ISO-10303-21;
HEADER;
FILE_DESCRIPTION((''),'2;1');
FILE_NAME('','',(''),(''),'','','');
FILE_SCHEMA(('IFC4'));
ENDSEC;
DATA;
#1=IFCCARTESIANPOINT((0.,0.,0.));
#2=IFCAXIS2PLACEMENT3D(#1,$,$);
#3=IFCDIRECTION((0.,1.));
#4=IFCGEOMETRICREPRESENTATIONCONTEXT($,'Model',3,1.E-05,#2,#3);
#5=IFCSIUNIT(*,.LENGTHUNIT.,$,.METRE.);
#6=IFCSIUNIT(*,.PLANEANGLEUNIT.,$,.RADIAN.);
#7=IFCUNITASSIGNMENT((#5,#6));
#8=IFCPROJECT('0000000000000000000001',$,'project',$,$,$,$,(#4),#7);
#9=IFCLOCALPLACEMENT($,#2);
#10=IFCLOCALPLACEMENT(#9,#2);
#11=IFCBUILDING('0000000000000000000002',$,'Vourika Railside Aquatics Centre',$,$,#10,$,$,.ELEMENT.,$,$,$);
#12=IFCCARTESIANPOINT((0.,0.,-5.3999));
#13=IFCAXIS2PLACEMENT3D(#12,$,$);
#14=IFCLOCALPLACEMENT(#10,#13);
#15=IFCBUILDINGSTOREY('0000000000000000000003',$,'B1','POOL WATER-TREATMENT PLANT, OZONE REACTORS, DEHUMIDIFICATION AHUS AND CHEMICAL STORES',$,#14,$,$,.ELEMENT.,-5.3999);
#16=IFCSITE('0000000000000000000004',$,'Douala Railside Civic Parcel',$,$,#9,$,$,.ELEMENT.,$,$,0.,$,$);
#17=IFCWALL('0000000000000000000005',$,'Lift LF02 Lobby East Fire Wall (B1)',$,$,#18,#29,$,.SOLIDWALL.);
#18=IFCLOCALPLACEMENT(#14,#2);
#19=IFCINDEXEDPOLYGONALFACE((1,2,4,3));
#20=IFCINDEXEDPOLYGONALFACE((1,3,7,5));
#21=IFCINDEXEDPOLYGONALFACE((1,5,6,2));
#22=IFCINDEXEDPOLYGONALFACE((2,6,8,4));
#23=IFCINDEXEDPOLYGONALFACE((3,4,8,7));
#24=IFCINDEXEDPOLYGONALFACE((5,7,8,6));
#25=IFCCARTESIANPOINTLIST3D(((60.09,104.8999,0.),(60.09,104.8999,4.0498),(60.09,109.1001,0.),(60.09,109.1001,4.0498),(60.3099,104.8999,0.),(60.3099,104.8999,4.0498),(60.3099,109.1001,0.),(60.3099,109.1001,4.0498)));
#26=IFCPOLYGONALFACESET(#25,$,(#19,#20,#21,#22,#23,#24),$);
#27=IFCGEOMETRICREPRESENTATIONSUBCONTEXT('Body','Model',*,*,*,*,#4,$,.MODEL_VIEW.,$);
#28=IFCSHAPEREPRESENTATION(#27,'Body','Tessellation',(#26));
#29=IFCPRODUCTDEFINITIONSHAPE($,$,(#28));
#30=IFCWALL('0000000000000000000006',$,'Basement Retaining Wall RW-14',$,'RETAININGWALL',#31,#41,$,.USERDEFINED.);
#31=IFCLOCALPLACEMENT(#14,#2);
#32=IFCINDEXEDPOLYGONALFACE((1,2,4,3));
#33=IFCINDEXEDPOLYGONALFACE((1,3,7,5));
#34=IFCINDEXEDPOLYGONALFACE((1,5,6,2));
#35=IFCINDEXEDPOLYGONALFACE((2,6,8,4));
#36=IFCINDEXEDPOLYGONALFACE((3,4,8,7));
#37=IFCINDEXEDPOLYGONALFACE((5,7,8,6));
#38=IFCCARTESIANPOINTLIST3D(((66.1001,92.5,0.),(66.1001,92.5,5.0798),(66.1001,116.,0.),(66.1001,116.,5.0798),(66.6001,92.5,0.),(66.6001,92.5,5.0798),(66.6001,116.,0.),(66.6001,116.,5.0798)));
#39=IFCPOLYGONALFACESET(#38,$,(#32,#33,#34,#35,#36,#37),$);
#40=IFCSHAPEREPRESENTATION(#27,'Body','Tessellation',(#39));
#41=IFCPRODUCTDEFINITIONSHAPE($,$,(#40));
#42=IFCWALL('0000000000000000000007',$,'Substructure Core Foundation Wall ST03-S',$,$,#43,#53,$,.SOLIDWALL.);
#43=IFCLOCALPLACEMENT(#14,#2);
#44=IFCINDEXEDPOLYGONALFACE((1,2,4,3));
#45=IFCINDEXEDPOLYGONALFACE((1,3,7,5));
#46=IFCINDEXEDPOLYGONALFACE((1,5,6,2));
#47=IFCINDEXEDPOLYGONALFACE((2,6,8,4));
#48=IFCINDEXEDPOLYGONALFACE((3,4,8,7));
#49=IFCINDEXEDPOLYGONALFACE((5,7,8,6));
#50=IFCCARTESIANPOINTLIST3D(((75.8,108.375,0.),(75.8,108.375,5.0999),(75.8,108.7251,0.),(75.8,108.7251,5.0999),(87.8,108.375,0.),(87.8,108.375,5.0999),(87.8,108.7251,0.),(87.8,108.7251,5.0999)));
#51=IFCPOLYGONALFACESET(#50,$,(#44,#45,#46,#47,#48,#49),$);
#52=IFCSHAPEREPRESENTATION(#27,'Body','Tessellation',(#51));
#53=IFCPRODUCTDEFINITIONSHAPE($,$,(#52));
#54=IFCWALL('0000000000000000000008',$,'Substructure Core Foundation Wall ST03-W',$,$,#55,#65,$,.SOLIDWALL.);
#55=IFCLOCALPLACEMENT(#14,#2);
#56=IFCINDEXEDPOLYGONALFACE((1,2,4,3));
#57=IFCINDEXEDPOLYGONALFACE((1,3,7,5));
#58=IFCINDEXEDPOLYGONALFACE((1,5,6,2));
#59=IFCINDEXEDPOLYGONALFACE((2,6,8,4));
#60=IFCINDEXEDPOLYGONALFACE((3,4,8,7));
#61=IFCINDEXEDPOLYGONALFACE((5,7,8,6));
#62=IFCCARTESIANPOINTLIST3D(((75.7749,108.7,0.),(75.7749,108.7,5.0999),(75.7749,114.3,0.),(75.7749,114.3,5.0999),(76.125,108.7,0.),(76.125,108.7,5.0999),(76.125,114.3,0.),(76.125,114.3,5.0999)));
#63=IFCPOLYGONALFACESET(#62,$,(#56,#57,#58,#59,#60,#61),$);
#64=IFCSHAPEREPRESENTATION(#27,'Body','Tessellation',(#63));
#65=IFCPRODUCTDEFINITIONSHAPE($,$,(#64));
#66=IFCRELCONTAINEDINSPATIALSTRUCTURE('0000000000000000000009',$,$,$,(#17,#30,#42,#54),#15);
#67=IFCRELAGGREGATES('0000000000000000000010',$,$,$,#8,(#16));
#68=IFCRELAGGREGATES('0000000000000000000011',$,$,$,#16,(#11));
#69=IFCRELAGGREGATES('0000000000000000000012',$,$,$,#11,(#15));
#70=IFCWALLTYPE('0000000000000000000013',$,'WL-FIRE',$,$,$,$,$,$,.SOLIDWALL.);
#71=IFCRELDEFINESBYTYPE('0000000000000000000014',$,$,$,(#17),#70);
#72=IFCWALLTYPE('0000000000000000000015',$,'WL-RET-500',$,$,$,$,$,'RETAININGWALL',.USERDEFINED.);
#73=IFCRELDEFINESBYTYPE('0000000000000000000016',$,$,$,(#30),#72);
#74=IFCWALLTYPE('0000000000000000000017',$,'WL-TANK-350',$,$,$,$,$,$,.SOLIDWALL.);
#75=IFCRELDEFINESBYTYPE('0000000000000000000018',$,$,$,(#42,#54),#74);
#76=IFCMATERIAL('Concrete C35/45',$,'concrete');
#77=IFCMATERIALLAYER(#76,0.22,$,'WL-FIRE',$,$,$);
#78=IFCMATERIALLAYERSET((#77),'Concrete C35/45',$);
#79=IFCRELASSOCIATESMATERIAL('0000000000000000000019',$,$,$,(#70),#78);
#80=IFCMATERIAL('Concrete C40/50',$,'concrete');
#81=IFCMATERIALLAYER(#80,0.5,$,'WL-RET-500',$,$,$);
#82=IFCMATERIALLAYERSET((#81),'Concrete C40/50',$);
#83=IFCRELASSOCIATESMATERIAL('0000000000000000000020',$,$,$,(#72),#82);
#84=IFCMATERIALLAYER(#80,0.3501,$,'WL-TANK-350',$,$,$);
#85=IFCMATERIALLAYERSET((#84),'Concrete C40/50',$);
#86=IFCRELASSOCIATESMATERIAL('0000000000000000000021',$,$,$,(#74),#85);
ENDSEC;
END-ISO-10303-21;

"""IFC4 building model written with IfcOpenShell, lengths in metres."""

from ifc_helpers import new_model, si_unit, direction, frame, frame_2d, origin, place, context, subcontext, project, spatial, rectangle, extrude, material, layer, layer_set, type_object, element, save


model = new_model("IFC4")

# Units and contexts
model_context = context("Model", 3, precision=1e-05, world=origin(), true_north=direction((0.0, 1.0)))
body_context = subcontext(model_context, "Body", "Model", "MODEL_VIEW")
ifc_project = project(units=[si_unit("LENGTHUNIT", "METRE"), si_unit("PLANEANGLEUNIT", "RADIAN")], contexts=[model_context])

# Site, building, storey
site_placement = place(None, origin())
site = spatial("IfcSite", under=ifc_project, at=site_placement, Name="Douala Railside Civic Parcel", CompositionType="ELEMENT", RefElevation=0.0)
building_placement = place(site_placement, origin())
building = spatial("IfcBuilding", under=site, at=building_placement, Name="Vourika Railside Aquatics Centre", CompositionType="ELEMENT")
storey_placement = place(building_placement, frame((0.0, 0.0, -5.3999)))
storey = spatial("IfcBuildingStorey", under=building, at=storey_placement, Name="B1", Description="POOL WATER-TREATMENT PLANT, OZONE REACTORS, DEHUMIDIFICATION AHUS AND CHEMICAL STORES", CompositionType="ELEMENT", Elevation=-5.3999)

# Shared definitions
ifc_material_1 = material(Name="Concrete C40/50", Category="concrete")

# Shared definitions
ifc_material_2 = material(Name="Concrete C35/45", Category="concrete")

# Walls
ifc_layer_1 = layer(ifc_material_2, 0.22, Name="WL-FIRE")
ifc_layer_set_1 = layer_set([ifc_layer_1], Name="Concrete C35/45")
wall_type_1 = type_object("IfcWallType", Name="WL-FIRE", PredefinedType="SOLIDWALL", material=ifc_layer_set_1)
wall_1_placement = place(storey_placement, frame((60.2, 104.8999, 0.0), z_axis=(0.0, 0.0, 1.0), x_axis=(0.0, 1.0, 0.0)))
element("IfcWall", 1, at=wall_1_placement, inside=storey, type_object=wall_type_1, Name="Lift LF02 Lobby East Fire Wall (B1)", PredefinedType="SOLIDWALL", context=body_context, shape_type="SweptSolid", body=[
    extrude(rectangle(XDim=4.2002, YDim=0.22, at=frame_2d((2.1001, 0.0))), origin(), (0.0, 0.0, 1.0), 4.0498),
])
ifc_layer_2 = layer(ifc_material_1, 0.5, Name="WL-RET-500")
ifc_layer_set_2 = layer_set([ifc_layer_2], Name="Concrete C40/50")
wall_type_2 = type_object("IfcWallType", Name="WL-RET-500", ElementType="RETAININGWALL", PredefinedType="USERDEFINED", material=ifc_layer_set_2)
wall_2_placement = place(storey_placement, frame((66.3501, 116.0, 0.0), z_axis=(0.0, 0.0, 1.0), x_axis=(0.0, -1.0, 0.0)))
element("IfcWall", 2, at=wall_2_placement, inside=storey, type_object=wall_type_2, Name="Basement Retaining Wall RW-14", ObjectType="RETAININGWALL", PredefinedType="USERDEFINED", context=body_context, shape_type="SweptSolid", body=[
    extrude(rectangle(XDim=23.5, YDim=0.5, at=frame_2d((11.75, 0.0))), origin(), (0.0, 0.0, 1.0), 5.0798),
])
ifc_layer_3 = layer(ifc_material_1, 0.3501, Name="WL-TANK-350")
ifc_layer_set_3 = layer_set([ifc_layer_3], Name="Concrete C40/50")
wall_type_3 = type_object("IfcWallType", Name="WL-TANK-350", PredefinedType="SOLIDWALL", material=ifc_layer_set_3)
wall_3_placement = place(storey_placement, frame((75.8, 108.55, 0.0), z_axis=(0.0, 0.0, 1.0), x_axis=(1.0, 0.0, 0.0)))
element("IfcWall", 3, at=wall_3_placement, inside=storey, type_object=wall_type_3, Name="Substructure Core Foundation Wall ST03-S", PredefinedType="SOLIDWALL", context=body_context, shape_type="SweptSolid", body=[
    extrude(rectangle(XDim=12.0, YDim=0.3501, at=frame_2d((6.0, 0.0))), origin(), (0.0, 0.0, 1.0), 5.0999),
])
wall_4_placement = place(storey_placement, frame((75.95, 114.3, 0.0), z_axis=(0.0, 0.0, 1.0), x_axis=(0.0, -1.0, 0.0)))
element("IfcWall", 4, at=wall_4_placement, inside=storey, type_object=wall_type_3, Name="Substructure Core Foundation Wall ST03-W", PredefinedType="SOLIDWALL", context=body_context, shape_type="SweptSolid", body=[
    extrude(rectangle(XDim=5.6001, YDim=0.3501, at=frame_2d((2.8, 0.0))), origin(), (0.0, 0.0, 1.0), 5.0999),
])

save(model, "model.ifc")
